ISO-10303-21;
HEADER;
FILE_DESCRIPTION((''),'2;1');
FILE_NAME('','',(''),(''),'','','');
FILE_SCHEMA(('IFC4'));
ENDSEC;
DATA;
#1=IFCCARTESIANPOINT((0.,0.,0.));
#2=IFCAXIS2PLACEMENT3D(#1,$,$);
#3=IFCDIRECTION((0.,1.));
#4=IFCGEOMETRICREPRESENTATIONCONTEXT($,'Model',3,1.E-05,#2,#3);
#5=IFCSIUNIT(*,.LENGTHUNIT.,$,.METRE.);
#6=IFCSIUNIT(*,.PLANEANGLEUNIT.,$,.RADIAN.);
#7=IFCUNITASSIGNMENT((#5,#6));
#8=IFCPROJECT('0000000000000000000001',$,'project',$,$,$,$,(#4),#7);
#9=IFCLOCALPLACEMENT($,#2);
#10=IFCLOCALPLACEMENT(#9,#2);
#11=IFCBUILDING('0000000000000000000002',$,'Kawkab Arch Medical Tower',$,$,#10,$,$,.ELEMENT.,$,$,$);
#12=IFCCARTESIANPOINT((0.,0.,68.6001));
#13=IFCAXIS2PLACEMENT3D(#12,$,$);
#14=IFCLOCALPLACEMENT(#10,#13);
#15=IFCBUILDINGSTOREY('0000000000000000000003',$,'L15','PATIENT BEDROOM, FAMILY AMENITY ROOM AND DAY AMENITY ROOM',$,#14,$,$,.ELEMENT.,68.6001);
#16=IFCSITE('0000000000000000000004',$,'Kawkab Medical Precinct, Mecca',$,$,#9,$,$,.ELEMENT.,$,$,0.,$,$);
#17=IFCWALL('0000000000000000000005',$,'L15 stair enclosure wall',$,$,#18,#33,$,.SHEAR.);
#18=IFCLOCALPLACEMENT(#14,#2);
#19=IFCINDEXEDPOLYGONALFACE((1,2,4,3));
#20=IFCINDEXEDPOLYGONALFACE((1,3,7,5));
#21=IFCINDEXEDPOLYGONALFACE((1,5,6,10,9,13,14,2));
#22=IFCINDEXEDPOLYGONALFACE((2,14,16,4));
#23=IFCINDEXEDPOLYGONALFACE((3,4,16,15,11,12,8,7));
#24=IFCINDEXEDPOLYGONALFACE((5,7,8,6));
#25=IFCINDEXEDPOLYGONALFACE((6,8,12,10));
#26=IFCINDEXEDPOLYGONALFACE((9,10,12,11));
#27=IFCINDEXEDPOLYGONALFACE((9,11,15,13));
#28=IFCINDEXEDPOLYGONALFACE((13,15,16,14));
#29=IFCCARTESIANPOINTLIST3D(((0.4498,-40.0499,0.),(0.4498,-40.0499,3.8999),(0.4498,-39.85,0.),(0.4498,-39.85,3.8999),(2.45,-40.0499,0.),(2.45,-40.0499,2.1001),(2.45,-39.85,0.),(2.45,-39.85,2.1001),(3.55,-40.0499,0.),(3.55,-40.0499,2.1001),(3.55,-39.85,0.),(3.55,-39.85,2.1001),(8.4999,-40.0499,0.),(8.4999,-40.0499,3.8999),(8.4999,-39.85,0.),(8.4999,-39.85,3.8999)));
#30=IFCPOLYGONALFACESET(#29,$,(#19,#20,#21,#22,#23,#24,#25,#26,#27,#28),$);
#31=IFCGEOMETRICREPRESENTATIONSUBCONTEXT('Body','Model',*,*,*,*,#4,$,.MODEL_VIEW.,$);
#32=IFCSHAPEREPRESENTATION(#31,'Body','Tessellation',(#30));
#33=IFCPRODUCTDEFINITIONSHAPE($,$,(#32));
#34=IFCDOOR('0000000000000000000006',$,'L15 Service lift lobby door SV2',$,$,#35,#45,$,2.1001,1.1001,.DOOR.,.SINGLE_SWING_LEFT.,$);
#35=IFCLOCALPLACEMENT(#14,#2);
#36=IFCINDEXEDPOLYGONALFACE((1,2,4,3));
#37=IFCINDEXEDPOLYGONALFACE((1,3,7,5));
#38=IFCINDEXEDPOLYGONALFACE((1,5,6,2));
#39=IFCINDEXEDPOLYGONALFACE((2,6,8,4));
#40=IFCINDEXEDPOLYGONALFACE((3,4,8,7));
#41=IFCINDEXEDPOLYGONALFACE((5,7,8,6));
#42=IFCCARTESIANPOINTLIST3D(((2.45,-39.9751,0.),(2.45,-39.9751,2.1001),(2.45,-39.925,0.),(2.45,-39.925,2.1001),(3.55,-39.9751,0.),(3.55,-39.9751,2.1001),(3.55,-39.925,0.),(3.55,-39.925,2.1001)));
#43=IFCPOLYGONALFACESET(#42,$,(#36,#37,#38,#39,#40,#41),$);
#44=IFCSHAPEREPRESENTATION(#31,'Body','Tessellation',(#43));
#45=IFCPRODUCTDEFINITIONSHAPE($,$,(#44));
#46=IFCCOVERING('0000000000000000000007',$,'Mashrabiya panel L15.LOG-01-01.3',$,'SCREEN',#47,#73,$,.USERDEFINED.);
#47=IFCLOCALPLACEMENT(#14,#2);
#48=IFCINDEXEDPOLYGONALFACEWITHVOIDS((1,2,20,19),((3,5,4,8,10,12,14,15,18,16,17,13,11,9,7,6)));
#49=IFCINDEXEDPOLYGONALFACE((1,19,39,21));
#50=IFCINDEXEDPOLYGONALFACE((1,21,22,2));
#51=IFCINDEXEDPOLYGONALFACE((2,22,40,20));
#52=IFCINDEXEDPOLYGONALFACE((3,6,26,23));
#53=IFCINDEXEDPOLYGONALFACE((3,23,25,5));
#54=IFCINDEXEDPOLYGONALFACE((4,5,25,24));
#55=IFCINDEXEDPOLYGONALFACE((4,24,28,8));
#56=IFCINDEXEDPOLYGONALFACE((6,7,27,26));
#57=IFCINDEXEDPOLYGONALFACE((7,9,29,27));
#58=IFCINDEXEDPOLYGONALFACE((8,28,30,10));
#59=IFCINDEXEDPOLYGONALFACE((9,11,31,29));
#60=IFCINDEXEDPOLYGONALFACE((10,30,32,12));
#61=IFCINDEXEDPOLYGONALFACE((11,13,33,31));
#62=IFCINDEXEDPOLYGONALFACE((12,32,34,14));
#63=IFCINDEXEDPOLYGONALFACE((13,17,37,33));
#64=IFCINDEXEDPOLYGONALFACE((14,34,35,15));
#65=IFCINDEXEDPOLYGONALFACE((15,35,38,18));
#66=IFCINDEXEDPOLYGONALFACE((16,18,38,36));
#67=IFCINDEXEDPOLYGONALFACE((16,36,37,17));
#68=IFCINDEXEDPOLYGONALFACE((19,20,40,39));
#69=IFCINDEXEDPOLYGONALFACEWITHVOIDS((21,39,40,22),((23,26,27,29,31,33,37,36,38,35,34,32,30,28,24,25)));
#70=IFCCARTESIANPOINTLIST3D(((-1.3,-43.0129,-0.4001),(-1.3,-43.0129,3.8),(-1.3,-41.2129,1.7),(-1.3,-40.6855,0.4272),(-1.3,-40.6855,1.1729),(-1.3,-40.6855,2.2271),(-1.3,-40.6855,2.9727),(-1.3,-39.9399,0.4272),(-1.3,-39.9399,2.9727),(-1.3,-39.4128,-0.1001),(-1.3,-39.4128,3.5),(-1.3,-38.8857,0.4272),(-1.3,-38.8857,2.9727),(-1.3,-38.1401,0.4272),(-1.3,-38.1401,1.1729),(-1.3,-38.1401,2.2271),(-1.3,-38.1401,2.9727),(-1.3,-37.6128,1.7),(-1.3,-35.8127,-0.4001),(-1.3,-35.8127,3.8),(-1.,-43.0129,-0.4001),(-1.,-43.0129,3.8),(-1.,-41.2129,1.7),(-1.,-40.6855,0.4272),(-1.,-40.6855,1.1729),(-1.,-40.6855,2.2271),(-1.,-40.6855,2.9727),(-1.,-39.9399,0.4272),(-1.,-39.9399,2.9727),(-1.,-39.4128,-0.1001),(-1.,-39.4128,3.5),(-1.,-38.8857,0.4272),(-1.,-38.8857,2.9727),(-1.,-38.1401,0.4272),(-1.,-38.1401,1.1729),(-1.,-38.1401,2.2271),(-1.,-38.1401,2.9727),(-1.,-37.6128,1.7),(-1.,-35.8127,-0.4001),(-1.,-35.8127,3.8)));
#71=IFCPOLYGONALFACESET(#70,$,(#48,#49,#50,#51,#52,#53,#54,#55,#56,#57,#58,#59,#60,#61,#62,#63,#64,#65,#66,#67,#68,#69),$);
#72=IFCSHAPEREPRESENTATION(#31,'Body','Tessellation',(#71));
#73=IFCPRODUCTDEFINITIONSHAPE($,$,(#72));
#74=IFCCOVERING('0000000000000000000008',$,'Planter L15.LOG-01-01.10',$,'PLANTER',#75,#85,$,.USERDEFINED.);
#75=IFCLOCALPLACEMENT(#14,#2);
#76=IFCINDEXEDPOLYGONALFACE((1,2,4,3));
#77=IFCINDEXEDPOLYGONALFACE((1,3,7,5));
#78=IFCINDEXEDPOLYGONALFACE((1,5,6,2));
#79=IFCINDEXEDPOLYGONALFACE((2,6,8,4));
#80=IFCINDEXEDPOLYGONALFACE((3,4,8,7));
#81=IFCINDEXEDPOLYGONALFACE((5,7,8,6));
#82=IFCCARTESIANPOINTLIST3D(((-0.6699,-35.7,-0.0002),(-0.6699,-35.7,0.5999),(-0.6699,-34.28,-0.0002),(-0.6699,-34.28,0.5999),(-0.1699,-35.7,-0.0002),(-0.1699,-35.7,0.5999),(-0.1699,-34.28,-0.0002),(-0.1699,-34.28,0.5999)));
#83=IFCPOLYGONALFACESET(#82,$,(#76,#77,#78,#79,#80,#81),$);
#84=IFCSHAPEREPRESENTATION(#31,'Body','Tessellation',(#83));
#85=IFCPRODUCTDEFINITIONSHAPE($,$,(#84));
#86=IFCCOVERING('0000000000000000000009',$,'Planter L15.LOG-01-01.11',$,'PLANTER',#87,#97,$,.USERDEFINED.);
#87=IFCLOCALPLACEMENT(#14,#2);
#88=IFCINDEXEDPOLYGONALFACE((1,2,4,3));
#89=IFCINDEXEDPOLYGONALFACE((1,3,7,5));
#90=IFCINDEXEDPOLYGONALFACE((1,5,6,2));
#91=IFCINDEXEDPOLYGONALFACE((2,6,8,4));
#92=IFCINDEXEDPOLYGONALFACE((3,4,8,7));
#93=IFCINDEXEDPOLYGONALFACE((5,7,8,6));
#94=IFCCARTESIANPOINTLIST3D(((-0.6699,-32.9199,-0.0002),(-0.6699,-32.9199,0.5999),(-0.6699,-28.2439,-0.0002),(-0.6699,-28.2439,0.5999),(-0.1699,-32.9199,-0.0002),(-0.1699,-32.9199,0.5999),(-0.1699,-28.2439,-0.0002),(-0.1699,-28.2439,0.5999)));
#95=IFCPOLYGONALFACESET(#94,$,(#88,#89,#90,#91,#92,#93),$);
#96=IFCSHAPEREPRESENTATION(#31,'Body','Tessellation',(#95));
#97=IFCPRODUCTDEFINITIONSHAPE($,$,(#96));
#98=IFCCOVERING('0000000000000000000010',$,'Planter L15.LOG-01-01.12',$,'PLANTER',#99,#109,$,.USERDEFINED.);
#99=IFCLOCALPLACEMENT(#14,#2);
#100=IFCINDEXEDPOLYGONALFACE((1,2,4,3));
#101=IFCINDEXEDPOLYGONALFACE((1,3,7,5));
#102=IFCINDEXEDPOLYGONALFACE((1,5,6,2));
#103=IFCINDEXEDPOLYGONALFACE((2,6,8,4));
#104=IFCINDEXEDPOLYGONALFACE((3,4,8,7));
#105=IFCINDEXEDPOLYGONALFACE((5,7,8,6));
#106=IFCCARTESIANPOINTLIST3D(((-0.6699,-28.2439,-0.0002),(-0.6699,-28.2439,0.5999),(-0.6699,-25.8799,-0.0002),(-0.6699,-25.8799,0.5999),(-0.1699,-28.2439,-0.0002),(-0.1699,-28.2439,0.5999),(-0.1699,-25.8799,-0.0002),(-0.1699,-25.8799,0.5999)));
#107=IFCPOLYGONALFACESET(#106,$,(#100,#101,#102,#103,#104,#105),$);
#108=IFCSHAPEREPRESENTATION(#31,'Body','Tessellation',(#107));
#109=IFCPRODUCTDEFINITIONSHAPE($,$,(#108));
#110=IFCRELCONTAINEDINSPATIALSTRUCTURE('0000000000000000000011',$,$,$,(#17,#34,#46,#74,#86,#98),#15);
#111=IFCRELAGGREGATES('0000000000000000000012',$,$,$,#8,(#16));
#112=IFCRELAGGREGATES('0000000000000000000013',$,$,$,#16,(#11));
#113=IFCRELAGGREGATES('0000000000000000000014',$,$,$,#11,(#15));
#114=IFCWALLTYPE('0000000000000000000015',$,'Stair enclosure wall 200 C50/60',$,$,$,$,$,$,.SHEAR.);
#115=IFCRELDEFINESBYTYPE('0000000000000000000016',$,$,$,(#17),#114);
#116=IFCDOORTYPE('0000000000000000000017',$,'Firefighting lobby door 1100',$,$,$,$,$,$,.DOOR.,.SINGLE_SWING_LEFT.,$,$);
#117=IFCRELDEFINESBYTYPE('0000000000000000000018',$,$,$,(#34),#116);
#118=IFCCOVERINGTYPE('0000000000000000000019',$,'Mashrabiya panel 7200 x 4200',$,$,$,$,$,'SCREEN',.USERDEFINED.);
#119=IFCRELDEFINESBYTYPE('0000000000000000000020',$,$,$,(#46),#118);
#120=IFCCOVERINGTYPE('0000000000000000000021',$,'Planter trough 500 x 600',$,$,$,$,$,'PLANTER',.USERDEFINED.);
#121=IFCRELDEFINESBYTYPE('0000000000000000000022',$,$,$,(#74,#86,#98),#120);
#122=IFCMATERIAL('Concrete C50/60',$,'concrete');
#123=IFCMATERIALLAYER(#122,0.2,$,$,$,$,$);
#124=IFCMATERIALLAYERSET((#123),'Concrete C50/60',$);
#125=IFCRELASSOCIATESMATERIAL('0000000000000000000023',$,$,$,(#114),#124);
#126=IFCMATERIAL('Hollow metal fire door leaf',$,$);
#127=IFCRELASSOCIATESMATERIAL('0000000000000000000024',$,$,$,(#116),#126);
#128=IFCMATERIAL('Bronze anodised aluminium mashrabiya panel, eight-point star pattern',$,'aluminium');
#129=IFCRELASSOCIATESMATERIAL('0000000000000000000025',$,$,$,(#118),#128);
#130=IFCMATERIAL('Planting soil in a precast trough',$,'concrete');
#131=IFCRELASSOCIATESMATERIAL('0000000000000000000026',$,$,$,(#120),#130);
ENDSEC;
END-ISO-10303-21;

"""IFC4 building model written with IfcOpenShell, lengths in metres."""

from ifc_helpers import new_model, si_unit, direction, frame, frame_2d, origin, origin_2d, place, context, subcontext, project, spatial, polyline, rectangle, outline, extrude, material, layer, layer_set, material_profile, profile_set, type_object, element, fill, save


model = new_model("IFC4")

# Units and contexts
model_context = context("Model", 3, precision=1e-05, world=origin(), true_north=direction((0.0, 1.0)))
body_context = subcontext(model_context, "Body", "Model", "MODEL_VIEW")
ifc_project = project(units=[si_unit("LENGTHUNIT", "METRE"), si_unit("PLANEANGLEUNIT", "RADIAN")], contexts=[model_context])

# Site, building, storey
site_placement = place(None, origin())
site = spatial("IfcSite", under=ifc_project, at=site_placement, Name="Kawkab Medical Precinct, Mecca", CompositionType="ELEMENT", RefElevation=0.0)
building_placement = place(site_placement, origin())
building = spatial("IfcBuilding", under=site, at=building_placement, Name="Kawkab Arch Medical Tower", CompositionType="ELEMENT")
storey_placement = place(building_placement, frame((0.0, 0.0, 68.6001)))
storey = spatial("IfcBuildingStorey", under=building, at=storey_placement, Name="L15", Description="PATIENT BEDROOM, FAMILY AMENITY ROOM AND DAY AMENITY ROOM", CompositionType="ELEMENT", Elevation=68.6001)

# Wall, opening, door
ifc_material_1 = material(Name="Concrete C50/60", Category="concrete")
ifc_layer_1 = layer(ifc_material_1, 0.2)
ifc_layer_set_1 = layer_set([ifc_layer_1], Name="Concrete C50/60")
wall_type = type_object("IfcWallType", Name="Stair enclosure wall 200 C50/60", PredefinedType="SHEAR", material=ifc_layer_set_1)
wall_1_placement = place(storey_placement, frame((0.45, -39.95, 0.0), z_axis=(0.0, 0.0, 1.0), x_axis=(1.0, 0.0, 0.0)))
wall_1 = element("IfcWall", 1, at=wall_1_placement, inside=storey, type_object=wall_type, Name="L15 stair enclosure wall", PredefinedType="SHEAR", context=body_context, shape_type="SweptSolid", body=[
    extrude(rectangle(XDim=8.05, YDim=0.2, at=frame_2d((4.0249, 0.0))), origin(), (0.0, 0.0, 1.0), 3.8999),
])
opening_1_placement = place(wall_1_placement, frame((2.0, 0.0, 0.0)))
opening_1 = element("IfcOpeningElement", 2, at=opening_1_placement, cuts=wall_1, PredefinedType="OPENING", context=body_context, shape_type="SweptSolid", body=[
    extrude(rectangle(XDim=1.1001, YDim=2.1001, at=frame_2d((0.55, 1.05))), frame((0.0, 0.1099, 0.0), z_axis=(0.0, -1.0, 0.0), x_axis=(1.0, 0.0, 0.0)), (0.0, 0.0, 1.0), 0.22),
])
ifc_material_2 = material(Name="Hollow metal fire door leaf")
door_type_1 = type_object("IfcDoorType", Name="Firefighting lobby door 1100", OperationType="SINGLE_SWING_LEFT", PredefinedType="DOOR", material=ifc_material_2)
door_1_placement = place(opening_1_placement, origin())
door_1 = element("IfcDoor", 3, at=door_1_placement, inside=storey, type_object=door_type_1, Name="L15 Service lift lobby door SV2", OperationType="SINGLE_SWING_LEFT", OverallHeight=2.1001, OverallWidth=1.1001, PredefinedType="DOOR", context=body_context, shape_type="SweptSolid", body=[
    extrude(rectangle(XDim=1.1001, YDim=2.1001, at=frame_2d((0.55, 1.05))), frame((0.0, 0.0249, 0.0), z_axis=(0.0, -1.0, 0.0), x_axis=(1.0, 0.0, 0.0)), (0.0, 0.0, 1.0), 0.05),
])
fill(opening_1, door_1)

# Coverings
ifc_material_3 = material(Name="Bronze anodised aluminium mashrabiya panel, eight-point star pattern", Category="aluminium")
ifc_material_profile_1 = material_profile(ifc_material_3, outline(polyline([(-3.6001, -2.1001), (3.6001, -2.1001), (3.6001, 2.1001), (-3.6001, 2.1001), (-3.6001, -2.1001)]), holes=[polyline([(1.8, 0.0), (1.2727, 0.5271), (1.2727, 1.2727), (0.5271, 1.2727), (0.0, 1.8), (-0.5271, 1.2727), (-1.2727, 1.2727), (-1.2727, 0.5271), (-1.8, 0.0), (-1.2727, -0.5271), (-1.2727, -1.2727), (-0.5271, -1.2727), (0.0, -1.8), (0.5271, -1.2727), (1.2727, -1.2727), (1.2727, -0.5271), (1.8, 0.0)])]), Name="Mashrabiya panel 7200x4200")
ifc_profile_set_1 = profile_set([ifc_material_profile_1], Name="Bronze anodised aluminium mashrabiya panel, eight-point star pattern")
covering_type_1 = type_object("IfcCoveringType", Name="Mashrabiya panel 7200 x 4200", ElementType="SCREEN", PredefinedType="USERDEFINED", material=ifc_profile_set_1)
covering_1_placement = place(storey_placement, frame((-1.0, -39.4128, 1.7), z_axis=(-1.0, 0.0, 0.0), x_axis=(0.0, -1.0, 0.0)))
element("IfcCovering", 4, at=covering_1_placement, inside=storey, type_object=covering_type_1, Name="Mashrabiya panel L15.LOG-01-01.3", ObjectType="SCREEN", PredefinedType="USERDEFINED", context=body_context, shape_type="SweptSolid", body=[
    extrude(outline(polyline([(-3.6001, -2.1001), (3.6001, -2.1001), (3.6001, 2.1001), (-3.6001, 2.1001), (-3.6001, -2.1001)]), holes=[polyline([(1.8, 0.0), (1.2727, 0.5271), (1.2727, 1.2727), (0.5271, 1.2727), (0.0, 1.8), (-0.5271, 1.2727), (-1.2727, 1.2727), (-1.2727, 0.5271), (-1.8, 0.0), (-1.2727, -0.5271), (-1.2727, -1.2727), (-0.5271, -1.2727), (0.0, -1.8), (0.5271, -1.2727), (1.2727, -1.2727), (1.2727, -0.5271), (1.8, 0.0)])]), origin(), (0.0, 0.0, 1.0), 0.3),
])
ifc_material_4 = material(Name="Planting soil in a precast trough", Category="concrete")
ifc_material_profile_2 = material_profile(ifc_material_4, rectangle(XDim=0.5, YDim=0.6001, at=origin_2d()), Name="Trough 500x600")
ifc_profile_set_2 = profile_set([ifc_material_profile_2], Name="Planting soil in a precast trough")
covering_type_2 = type_object("IfcCoveringType", Name="Planter trough 500 x 600", ElementType="PLANTER", PredefinedType="USERDEFINED", material=ifc_profile_set_2)
covering_2_placement = place(storey_placement, frame((-0.4199, -35.7, 0.2998), z_axis=(0.0, 1.0, 0.0), x_axis=(-1.0, 0.0, 0.0)))
element("IfcCovering", 5, at=covering_2_placement, inside=storey, type_object=covering_type_2, Name="Planter L15.LOG-01-01.10", ObjectType="PLANTER", PredefinedType="USERDEFINED", context=body_context, shape_type="SweptSolid", body=[
    extrude(rectangle(XDim=0.5, YDim=0.6001, at=origin_2d()), origin(), (0.0, 0.0, 1.0), 1.4199),
])
covering_3_placement = place(storey_placement, frame((-0.4199, -32.9199, 0.2998), z_axis=(0.0, 1.0, 0.0), x_axis=(-1.0, 0.0, 0.0)))
element("IfcCovering", 6, at=covering_3_placement, inside=storey, type_object=covering_type_2, Name="Planter L15.LOG-01-01.11", ObjectType="PLANTER", PredefinedType="USERDEFINED", context=body_context, shape_type="SweptSolid", body=[
    extrude(rectangle(XDim=0.5, YDim=0.6001, at=origin_2d()), origin(), (0.0, 0.0, 1.0), 4.676),
])
covering_4_placement = place(storey_placement, frame((-0.4199, -28.2439, 0.2998), z_axis=(0.0, 1.0, 0.0), x_axis=(-1.0, 0.0, 0.0)))
element("IfcCovering", 7, at=covering_4_placement, inside=storey, type_object=covering_type_2, Name="Planter L15.LOG-01-01.12", ObjectType="PLANTER", PredefinedType="USERDEFINED", context=body_context, shape_type="SweptSolid", body=[
    extrude(rectangle(XDim=0.5, YDim=0.6001, at=origin_2d()), origin(), (0.0, 0.0, 1.0), 2.364),
])

save(model, "model.ifc")
